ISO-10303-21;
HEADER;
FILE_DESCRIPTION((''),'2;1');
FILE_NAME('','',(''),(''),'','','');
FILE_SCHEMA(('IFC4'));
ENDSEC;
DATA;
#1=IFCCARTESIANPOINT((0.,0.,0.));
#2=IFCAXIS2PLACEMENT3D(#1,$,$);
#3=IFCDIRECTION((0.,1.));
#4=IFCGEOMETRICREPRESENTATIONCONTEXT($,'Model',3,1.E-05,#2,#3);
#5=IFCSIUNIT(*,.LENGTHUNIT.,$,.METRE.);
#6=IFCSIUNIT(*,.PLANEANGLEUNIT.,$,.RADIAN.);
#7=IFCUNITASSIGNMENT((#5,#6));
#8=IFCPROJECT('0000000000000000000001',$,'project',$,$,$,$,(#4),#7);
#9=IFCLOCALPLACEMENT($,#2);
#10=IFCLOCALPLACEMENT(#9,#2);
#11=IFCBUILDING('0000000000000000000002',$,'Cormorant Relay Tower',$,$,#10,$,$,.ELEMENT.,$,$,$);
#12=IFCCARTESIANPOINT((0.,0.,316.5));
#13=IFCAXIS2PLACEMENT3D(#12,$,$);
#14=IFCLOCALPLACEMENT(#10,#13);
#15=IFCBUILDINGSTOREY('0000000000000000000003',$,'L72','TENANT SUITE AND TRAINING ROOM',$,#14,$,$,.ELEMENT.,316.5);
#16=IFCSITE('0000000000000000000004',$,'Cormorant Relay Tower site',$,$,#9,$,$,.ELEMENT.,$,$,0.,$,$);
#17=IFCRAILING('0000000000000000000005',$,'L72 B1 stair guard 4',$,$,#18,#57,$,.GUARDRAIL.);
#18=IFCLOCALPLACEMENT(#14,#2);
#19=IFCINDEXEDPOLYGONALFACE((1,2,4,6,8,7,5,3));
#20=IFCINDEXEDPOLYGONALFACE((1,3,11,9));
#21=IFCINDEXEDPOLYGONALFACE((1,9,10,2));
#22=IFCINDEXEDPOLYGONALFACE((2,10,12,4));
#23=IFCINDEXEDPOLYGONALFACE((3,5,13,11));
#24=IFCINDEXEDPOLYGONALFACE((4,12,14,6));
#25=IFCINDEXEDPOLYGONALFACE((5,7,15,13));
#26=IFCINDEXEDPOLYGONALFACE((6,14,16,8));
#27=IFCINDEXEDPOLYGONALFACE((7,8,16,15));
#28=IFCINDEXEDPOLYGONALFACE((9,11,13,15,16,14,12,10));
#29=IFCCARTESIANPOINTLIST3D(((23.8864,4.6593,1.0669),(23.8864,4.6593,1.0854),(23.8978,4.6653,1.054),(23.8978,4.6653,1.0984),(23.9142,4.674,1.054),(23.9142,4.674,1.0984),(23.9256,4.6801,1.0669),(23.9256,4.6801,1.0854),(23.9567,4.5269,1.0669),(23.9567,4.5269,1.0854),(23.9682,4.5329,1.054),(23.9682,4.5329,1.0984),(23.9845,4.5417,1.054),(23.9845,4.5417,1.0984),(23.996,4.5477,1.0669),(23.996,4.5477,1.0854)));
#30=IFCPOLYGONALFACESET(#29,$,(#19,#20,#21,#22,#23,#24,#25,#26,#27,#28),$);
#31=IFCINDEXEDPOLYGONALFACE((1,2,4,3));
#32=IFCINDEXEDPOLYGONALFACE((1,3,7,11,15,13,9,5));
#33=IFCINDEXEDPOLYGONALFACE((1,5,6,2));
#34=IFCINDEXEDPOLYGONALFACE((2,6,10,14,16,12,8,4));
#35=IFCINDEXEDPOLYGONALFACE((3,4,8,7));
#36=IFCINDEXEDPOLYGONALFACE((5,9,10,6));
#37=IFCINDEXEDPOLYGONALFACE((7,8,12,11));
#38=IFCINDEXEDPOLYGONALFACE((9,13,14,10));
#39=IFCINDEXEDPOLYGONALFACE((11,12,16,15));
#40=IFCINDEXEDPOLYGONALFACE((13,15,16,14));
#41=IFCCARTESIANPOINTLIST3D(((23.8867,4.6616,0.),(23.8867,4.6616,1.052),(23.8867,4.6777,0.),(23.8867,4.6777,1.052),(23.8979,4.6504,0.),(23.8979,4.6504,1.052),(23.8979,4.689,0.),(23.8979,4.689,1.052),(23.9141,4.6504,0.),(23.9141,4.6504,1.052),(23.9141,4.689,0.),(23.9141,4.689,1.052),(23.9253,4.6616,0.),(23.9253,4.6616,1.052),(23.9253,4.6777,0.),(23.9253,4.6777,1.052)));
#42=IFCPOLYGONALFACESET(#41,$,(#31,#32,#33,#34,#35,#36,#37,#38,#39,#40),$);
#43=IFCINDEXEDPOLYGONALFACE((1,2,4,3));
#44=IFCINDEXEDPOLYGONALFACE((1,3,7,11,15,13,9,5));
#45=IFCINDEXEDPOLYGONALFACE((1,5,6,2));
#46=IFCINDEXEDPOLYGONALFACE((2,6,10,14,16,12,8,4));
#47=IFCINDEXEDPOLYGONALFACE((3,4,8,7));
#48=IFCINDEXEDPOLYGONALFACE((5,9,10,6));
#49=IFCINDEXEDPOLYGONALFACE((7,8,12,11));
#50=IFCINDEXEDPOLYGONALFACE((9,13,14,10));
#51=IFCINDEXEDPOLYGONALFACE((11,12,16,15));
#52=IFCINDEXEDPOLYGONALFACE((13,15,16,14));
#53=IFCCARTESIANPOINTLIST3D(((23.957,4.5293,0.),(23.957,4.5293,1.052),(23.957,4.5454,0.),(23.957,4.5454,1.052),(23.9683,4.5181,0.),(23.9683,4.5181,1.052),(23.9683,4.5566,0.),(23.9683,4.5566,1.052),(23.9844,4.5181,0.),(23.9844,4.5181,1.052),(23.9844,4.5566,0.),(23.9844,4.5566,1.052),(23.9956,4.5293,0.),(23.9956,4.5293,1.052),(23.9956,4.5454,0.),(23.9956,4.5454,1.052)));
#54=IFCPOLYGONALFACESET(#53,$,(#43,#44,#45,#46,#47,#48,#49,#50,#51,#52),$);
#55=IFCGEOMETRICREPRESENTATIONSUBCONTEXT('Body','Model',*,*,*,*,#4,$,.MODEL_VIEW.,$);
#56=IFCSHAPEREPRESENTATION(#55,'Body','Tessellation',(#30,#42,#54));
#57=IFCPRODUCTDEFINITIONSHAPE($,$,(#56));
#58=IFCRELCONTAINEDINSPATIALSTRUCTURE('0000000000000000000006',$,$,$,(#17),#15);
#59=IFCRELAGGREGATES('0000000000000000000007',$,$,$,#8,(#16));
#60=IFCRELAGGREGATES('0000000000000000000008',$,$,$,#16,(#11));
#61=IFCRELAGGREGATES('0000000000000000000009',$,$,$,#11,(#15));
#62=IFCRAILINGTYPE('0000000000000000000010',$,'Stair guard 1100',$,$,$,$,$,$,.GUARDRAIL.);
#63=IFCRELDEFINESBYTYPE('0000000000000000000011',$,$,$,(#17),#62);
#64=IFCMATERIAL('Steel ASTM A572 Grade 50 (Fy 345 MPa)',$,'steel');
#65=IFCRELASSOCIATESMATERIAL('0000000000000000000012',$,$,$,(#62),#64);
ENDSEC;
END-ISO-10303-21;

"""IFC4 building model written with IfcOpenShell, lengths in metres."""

from ifc_helpers import new_model, si_unit, direction, frame, origin, place, context, subcontext, project, spatial, polyline, outline, extrude, material, type_object, element, save


model = new_model("IFC4")

# Units and contexts
model_context = context("Model", 3, precision=1e-05, world=origin(), true_north=direction((0.0, 1.0)))
body_context = subcontext(model_context, "Body", "Model", "MODEL_VIEW")
ifc_project = project(units=[si_unit("LENGTHUNIT", "METRE"), si_unit("PLANEANGLEUNIT", "RADIAN")], contexts=[model_context])

# Site, building, storey
site_placement = place(None, origin())
site = spatial("IfcSite", under=ifc_project, at=site_placement, Name="Cormorant Relay Tower site", CompositionType="ELEMENT", RefElevation=0.0)
building_placement = place(site_placement, origin())
building = spatial("IfcBuilding", under=site, at=building_placement, Name="Cormorant Relay Tower", CompositionType="ELEMENT")
storey_placement = place(building_placement, frame((0.0, 0.0, 316.5)))
storey = spatial("IfcBuildingStorey", under=building, at=storey_placement, Name="L72", Description="TENANT SUITE AND TRAINING ROOM", CompositionType="ELEMENT", Elevation=316.5)

# Railing
ifc_material_1 = material(Name="Steel ASTM A572 Grade 50 (Fy 345 MPa)", Category="steel")
railing_type = type_object("IfcRailingType", Name="Stair guard 1100", PredefinedType="GUARDRAIL", material=ifc_material_1)
railing_1_placement = place(storey_placement, frame((23.906, 4.6697, 0.0)))
element("IfcRailing", 1, at=railing_1_placement, inside=storey, type_object=railing_type, Name="L72 B1 stair guard 4", PredefinedType="GUARDRAIL", context=body_context, shape_type="SweptSolid", body=[
    extrude(outline(polyline([(0.0222, 0.0093), (0.0093, 0.0222), (-0.0093, 0.0222), (-0.0222, 0.0093), (-0.0222, -0.0093), (-0.0093, -0.0222), (0.0093, -0.0222), (0.0222, -0.0093), (0.0222, 0.0093)])), frame((0.0, 0.0, 1.0762), z_axis=(0.469235, -0.883074, 0.0), x_axis=(0.883074, 0.469235, 0.0)), (0.0, 0.0, 1.0), 0.1499),
    extrude(outline(polyline([(0.0193, 0.0081), (0.0081, 0.0193), (-0.0081, 0.0193), (-0.0193, 0.0081), (-0.0193, -0.0081), (-0.0081, -0.0193), (0.0081, -0.0193), (0.0193, -0.0081), (0.0193, 0.0081)])), origin(), (0.0, 0.0, 1.0), 1.052),
    extrude(outline(polyline([(0.0193, 0.0081), (0.0081, 0.0193), (-0.0081, 0.0193), (-0.0193, 0.0081), (-0.0193, -0.0081), (-0.0081, -0.0193), (0.0081, -0.0193), (0.0193, -0.0081), (0.0193, 0.0081)])), frame((0.0703, -0.1323, 0.0)), (0.0, 0.0, 1.0), 1.052),
])

save(model, "model.ifc")
